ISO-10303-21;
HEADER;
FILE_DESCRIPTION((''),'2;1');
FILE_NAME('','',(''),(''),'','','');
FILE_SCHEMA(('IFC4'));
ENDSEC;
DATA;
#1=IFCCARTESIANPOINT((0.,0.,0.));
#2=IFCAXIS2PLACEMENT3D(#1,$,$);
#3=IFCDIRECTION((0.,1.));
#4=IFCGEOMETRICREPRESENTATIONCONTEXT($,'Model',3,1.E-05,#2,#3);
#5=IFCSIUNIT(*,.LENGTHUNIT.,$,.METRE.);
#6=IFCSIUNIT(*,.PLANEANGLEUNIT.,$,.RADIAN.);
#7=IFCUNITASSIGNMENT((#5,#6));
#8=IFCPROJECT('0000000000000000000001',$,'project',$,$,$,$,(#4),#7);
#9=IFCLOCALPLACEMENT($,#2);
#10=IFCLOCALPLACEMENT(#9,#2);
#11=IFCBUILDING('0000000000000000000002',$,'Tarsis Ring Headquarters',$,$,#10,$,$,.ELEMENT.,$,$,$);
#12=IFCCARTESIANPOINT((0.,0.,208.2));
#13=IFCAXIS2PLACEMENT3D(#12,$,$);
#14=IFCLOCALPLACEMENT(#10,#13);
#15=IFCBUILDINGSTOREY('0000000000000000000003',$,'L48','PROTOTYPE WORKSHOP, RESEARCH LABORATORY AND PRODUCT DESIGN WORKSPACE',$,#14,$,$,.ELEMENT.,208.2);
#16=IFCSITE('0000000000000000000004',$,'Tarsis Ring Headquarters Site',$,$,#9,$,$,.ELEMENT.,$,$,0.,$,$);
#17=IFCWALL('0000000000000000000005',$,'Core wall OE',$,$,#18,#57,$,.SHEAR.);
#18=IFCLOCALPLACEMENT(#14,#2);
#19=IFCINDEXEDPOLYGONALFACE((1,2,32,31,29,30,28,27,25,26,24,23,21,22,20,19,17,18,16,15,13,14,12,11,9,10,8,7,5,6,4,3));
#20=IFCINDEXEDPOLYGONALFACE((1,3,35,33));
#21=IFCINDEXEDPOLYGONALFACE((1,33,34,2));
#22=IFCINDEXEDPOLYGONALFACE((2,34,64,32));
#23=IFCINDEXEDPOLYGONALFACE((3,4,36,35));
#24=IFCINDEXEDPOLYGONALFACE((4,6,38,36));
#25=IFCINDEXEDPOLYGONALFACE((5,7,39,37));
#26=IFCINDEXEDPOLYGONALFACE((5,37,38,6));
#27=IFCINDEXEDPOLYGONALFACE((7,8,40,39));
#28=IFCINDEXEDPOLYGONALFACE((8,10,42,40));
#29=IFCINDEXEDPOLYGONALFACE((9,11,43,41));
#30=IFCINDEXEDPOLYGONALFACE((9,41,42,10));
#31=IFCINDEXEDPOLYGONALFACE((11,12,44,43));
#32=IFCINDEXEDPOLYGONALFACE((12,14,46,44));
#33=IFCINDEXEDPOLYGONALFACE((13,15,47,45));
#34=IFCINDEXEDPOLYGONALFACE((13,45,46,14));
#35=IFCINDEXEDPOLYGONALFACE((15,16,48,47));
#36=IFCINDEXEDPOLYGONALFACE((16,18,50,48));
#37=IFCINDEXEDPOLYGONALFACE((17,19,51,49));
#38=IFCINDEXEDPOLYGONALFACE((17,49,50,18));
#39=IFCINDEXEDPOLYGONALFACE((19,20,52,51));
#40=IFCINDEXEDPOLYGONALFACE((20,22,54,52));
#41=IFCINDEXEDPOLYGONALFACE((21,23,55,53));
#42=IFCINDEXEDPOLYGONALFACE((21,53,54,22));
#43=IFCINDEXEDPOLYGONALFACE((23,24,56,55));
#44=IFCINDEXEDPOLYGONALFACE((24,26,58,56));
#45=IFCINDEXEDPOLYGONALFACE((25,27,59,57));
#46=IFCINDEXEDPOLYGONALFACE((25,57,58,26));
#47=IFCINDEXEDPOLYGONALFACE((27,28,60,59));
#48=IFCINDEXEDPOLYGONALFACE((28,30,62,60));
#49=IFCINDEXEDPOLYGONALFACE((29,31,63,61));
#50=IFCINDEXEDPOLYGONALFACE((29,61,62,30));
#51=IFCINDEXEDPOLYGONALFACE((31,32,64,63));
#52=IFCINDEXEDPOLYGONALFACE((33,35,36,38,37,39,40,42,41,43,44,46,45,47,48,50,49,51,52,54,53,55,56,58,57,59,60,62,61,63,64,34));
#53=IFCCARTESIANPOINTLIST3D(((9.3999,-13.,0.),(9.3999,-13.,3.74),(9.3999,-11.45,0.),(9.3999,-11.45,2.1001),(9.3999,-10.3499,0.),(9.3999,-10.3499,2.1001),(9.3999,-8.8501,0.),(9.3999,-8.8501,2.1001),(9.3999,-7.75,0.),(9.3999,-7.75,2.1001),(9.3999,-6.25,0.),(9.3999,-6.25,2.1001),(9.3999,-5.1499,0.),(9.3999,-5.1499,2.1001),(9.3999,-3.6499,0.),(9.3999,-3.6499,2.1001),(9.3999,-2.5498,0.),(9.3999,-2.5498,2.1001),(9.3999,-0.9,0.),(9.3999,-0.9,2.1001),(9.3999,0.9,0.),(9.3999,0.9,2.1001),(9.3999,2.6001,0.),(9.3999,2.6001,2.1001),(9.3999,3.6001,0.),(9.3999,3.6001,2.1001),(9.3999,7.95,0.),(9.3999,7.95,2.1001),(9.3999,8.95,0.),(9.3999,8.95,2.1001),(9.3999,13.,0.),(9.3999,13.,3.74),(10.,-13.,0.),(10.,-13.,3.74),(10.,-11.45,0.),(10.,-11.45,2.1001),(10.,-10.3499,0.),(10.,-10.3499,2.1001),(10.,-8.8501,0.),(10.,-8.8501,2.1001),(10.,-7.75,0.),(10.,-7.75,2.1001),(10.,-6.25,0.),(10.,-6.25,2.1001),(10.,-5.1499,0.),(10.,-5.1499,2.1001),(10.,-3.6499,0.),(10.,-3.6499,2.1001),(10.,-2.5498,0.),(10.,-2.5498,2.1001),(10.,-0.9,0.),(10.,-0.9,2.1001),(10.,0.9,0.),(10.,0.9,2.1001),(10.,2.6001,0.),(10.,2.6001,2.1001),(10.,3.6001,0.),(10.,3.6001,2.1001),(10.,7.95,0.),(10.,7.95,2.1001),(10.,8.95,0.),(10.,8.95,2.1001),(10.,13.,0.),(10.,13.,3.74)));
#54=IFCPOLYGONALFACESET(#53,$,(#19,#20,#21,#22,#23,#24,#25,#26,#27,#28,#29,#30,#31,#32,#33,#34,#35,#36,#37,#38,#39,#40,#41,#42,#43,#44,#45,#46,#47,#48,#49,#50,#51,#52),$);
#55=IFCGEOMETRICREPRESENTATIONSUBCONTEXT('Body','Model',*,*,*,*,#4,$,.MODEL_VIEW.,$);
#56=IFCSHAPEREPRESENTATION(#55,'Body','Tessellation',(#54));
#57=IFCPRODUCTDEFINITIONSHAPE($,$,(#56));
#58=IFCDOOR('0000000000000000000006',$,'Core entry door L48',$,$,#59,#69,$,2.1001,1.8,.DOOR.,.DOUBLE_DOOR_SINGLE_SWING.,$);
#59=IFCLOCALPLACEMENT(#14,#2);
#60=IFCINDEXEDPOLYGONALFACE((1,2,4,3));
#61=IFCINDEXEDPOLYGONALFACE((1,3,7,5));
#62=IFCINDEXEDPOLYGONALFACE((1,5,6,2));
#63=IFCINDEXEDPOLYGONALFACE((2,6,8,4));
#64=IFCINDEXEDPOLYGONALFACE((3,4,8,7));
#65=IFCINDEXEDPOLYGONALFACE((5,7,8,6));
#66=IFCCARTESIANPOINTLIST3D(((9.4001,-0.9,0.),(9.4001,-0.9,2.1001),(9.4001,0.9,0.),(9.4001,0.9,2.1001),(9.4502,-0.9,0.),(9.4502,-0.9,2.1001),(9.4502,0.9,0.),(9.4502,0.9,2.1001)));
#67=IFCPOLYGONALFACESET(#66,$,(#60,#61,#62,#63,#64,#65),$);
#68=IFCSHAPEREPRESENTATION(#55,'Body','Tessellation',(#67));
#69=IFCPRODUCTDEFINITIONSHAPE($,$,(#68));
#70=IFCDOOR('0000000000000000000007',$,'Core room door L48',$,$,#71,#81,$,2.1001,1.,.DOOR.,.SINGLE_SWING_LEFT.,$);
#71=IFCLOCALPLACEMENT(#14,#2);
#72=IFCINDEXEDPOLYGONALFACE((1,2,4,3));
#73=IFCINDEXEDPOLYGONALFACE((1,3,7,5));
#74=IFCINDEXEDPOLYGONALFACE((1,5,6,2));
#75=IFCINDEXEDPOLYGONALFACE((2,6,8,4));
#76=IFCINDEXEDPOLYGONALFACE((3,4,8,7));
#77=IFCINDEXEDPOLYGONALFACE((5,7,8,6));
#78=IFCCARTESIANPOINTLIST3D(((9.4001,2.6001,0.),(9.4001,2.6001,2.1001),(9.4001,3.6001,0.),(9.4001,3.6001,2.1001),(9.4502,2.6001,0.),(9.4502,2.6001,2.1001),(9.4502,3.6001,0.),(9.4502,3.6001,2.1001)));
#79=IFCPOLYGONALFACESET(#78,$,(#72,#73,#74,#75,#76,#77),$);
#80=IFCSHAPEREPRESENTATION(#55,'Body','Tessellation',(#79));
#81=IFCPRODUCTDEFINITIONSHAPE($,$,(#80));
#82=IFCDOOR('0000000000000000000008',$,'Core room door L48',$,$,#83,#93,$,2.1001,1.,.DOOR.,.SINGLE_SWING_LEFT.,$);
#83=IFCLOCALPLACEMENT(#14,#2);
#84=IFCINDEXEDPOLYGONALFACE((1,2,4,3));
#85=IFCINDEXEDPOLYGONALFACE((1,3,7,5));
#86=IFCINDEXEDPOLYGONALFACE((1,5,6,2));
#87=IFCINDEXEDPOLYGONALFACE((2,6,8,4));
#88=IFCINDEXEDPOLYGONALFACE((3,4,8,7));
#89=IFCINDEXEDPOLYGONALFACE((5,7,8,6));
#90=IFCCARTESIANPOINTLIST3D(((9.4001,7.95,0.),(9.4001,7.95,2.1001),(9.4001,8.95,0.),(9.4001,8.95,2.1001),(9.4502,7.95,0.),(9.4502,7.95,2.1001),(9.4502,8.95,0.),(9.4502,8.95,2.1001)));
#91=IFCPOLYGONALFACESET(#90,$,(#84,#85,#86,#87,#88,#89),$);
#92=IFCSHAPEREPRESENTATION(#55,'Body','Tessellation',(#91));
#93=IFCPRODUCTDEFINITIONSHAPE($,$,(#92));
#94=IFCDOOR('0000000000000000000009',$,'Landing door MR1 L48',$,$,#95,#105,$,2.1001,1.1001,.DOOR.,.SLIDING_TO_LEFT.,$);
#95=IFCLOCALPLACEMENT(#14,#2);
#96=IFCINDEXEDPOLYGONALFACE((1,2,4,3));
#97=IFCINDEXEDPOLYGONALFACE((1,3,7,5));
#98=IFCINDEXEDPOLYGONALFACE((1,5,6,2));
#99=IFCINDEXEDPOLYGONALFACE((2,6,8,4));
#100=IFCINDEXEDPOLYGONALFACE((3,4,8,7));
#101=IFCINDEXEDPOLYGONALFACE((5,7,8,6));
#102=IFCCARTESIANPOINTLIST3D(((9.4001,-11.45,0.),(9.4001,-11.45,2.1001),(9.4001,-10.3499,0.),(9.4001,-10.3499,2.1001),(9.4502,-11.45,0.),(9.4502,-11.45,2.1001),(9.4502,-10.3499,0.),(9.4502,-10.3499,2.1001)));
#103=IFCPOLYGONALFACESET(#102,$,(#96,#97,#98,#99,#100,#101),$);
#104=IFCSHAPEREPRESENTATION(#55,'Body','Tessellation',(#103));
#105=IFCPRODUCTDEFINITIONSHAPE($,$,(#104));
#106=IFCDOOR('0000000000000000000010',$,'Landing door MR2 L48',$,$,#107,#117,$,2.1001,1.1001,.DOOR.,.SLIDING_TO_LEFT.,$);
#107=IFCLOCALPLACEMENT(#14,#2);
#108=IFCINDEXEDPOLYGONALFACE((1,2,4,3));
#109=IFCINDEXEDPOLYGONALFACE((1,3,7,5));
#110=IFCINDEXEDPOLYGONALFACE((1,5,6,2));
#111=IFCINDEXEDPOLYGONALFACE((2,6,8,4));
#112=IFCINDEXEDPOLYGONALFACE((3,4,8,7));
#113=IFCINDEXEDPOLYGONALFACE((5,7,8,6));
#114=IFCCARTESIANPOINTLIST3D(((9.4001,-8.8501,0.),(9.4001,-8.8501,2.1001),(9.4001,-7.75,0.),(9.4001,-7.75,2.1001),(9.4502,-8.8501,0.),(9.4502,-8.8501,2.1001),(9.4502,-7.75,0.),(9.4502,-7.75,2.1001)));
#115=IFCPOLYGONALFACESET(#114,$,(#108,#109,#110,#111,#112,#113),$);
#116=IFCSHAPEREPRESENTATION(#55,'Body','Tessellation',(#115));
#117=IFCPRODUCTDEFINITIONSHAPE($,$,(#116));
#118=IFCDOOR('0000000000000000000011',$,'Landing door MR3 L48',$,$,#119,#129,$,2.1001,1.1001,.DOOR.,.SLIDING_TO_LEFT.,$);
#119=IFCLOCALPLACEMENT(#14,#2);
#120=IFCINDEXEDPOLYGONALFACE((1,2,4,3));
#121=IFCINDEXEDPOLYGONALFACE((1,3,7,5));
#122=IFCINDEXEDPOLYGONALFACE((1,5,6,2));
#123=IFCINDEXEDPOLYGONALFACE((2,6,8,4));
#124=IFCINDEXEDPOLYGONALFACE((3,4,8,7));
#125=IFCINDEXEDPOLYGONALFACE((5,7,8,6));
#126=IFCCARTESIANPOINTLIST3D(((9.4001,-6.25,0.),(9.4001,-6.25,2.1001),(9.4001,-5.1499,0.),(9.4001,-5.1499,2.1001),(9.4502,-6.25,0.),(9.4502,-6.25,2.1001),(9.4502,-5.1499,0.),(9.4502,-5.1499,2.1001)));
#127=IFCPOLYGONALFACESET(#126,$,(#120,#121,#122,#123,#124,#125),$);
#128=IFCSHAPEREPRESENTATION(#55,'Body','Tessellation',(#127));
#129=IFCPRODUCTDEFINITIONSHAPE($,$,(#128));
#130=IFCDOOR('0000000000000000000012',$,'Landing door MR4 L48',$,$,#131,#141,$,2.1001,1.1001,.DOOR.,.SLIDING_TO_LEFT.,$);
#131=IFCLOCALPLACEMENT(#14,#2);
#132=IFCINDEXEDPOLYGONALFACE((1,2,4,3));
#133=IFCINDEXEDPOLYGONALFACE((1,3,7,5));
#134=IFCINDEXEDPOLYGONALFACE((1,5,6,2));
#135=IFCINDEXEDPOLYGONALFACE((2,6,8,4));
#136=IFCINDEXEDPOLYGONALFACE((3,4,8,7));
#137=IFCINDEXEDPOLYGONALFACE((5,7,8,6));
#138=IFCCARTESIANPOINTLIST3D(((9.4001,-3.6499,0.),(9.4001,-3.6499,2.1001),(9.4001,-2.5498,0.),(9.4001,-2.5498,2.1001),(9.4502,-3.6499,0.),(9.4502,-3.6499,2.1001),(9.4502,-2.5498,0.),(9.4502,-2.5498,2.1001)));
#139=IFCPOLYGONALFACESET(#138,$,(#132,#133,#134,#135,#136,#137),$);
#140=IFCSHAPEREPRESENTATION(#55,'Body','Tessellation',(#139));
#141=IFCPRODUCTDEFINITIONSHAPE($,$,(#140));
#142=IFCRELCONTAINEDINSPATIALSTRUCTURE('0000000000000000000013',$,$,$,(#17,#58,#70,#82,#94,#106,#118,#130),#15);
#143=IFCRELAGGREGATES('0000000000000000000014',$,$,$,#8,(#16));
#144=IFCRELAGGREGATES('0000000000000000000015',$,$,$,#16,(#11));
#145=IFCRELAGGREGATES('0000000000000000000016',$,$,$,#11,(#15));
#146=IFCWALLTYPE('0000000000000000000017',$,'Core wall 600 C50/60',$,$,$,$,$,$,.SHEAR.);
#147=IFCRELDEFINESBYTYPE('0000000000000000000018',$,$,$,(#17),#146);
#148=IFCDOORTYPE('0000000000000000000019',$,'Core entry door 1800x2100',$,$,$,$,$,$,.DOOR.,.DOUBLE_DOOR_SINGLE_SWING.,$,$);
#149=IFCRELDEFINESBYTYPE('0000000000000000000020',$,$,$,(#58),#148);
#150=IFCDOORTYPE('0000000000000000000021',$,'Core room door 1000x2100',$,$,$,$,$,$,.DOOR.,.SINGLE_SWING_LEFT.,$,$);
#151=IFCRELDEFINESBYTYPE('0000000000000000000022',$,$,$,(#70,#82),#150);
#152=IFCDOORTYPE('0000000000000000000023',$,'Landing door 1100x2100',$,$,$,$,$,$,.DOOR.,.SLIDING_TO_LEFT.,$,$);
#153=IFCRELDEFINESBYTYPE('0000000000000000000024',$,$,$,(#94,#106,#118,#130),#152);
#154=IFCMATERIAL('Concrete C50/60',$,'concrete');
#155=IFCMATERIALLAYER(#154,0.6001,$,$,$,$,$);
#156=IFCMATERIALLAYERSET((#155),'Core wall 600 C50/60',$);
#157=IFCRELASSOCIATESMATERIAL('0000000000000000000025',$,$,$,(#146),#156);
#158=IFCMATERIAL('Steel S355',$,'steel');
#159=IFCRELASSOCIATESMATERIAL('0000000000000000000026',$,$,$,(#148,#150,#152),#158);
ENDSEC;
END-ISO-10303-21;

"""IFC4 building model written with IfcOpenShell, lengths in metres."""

from ifc_helpers import new_model, si_unit, direction, frame, frame_2d, origin, place, context, subcontext, project, spatial, rectangle, extrude, material, layer, layer_set, type_object, element, fill, save


model = new_model("IFC4")

# Units and contexts
model_context = context("Model", 3, precision=1e-05, world=origin(), true_north=direction((0.0, 1.0)))
body_context = subcontext(model_context, "Body", "Model", "MODEL_VIEW")
ifc_project = project(units=[si_unit("LENGTHUNIT", "METRE"), si_unit("PLANEANGLEUNIT", "RADIAN")], contexts=[model_context])

# Site, building, storey
site_placement = place(None, origin())
site = spatial("IfcSite", under=ifc_project, at=site_placement, Name="Tarsis Ring Headquarters Site", CompositionType="ELEMENT", RefElevation=0.0)
building_placement = place(site_placement, origin())
building = spatial("IfcBuilding", under=site, at=building_placement, Name="Tarsis Ring Headquarters", CompositionType="ELEMENT")
storey_placement = place(building_placement, frame((0.0, 0.0, 208.2)))
storey = spatial("IfcBuildingStorey", under=building, at=storey_placement, Name="L48", Description="PROTOTYPE WORKSHOP, RESEARCH LABORATORY AND PRODUCT DESIGN WORKSPACE", CompositionType="ELEMENT", Elevation=208.2)

# Wall, openings, doors
ifc_material_1 = material(Name="Concrete C50/60", Category="concrete")
ifc_layer_1 = layer(ifc_material_1, 0.6001)
ifc_layer_set_1 = layer_set([ifc_layer_1], Name="Core wall 600 C50/60")
wall_type_1 = type_object("IfcWallType", Name="Core wall 600 C50/60", PredefinedType="SHEAR", material=ifc_layer_set_1)
wall_1_placement = place(storey_placement, frame((9.7, -13.0, 0.0), z_axis=(0.0, 0.0, 1.0), x_axis=(0.0, 1.0, 0.0)))
wall_1 = element("IfcWall", 1, at=wall_1_placement, inside=storey, type_object=wall_type_1, Name="Core wall OE", PredefinedType="SHEAR", context=body_context, shape_type="SweptSolid", body=[
    extrude(rectangle(XDim=26.0, YDim=0.6001, at=frame_2d((13.0, 0.0))), origin(), (0.0, 0.0, 1.0), 3.74),
])
opening_1_placement = place(wall_1_placement, frame((1.55, 0.0, 0.0)))
opening_1 = element("IfcOpeningElement", 2, at=opening_1_placement, cuts=wall_1, PredefinedType="OPENING", context=body_context, shape_type="SweptSolid", body=[
    extrude(rectangle(XDim=1.1001, YDim=2.1001, at=frame_2d((0.55, 1.05))), frame((0.0, 0.3101, 0.0), z_axis=(0.0, -1.0, 0.0), x_axis=(1.0, 0.0, 0.0)), (0.0, 0.0, 1.0), 0.6201),
])
opening_2_placement = place(wall_1_placement, frame((4.1499, 0.0, 0.0)))
opening_2 = element("IfcOpeningElement", 3, at=opening_2_placement, cuts=wall_1, PredefinedType="OPENING", context=body_context, shape_type="SweptSolid", body=[
    extrude(rectangle(XDim=1.1001, YDim=2.1001, at=frame_2d((0.55, 1.05))), frame((0.0, 0.3101, 0.0), z_axis=(0.0, -1.0, 0.0), x_axis=(1.0, 0.0, 0.0)), (0.0, 0.0, 1.0), 0.6201),
])
opening_3_placement = place(wall_1_placement, frame((6.75, 0.0, 0.0)))
opening_3 = element("IfcOpeningElement", 4, at=opening_3_placement, cuts=wall_1, PredefinedType="OPENING", context=body_context, shape_type="SweptSolid", body=[
    extrude(rectangle(XDim=1.1001, YDim=2.1001, at=frame_2d((0.55, 1.05))), frame((0.0, 0.3101, 0.0), z_axis=(0.0, -1.0, 0.0), x_axis=(1.0, 0.0, 0.0)), (0.0, 0.0, 1.0), 0.6201),
])
opening_4_placement = place(wall_1_placement, frame((9.3501, 0.0, 0.0)))
opening_4 = element("IfcOpeningElement", 5, at=opening_4_placement, cuts=wall_1, PredefinedType="OPENING", context=body_context, shape_type="SweptSolid", body=[
    extrude(rectangle(XDim=1.1001, YDim=2.1001, at=frame_2d((0.55, 1.05))), frame((0.0, 0.3101, 0.0), z_axis=(0.0, -1.0, 0.0), x_axis=(1.0, 0.0, 0.0)), (0.0, 0.0, 1.0), 0.6201),
])
opening_5_placement = place(wall_1_placement, frame((12.1001, 0.0, 0.0)))
opening_5 = element("IfcOpeningElement", 6, at=opening_5_placement, cuts=wall_1, PredefinedType="OPENING", context=body_context, shape_type="SweptSolid", body=[
    extrude(rectangle(XDim=1.8, YDim=2.1001, at=frame_2d((0.8999, 1.05))), frame((0.0, 0.3101, 0.0), z_axis=(0.0, -1.0, 0.0), x_axis=(1.0, 0.0, 0.0)), (0.0, 0.0, 1.0), 0.6201),
])
opening_6_placement = place(wall_1_placement, frame((15.6001, 0.0, 0.0)))
opening_6 = element("IfcOpeningElement", 7, at=opening_6_placement, cuts=wall_1, PredefinedType="OPENING", context=body_context, shape_type="SweptSolid", body=[
    extrude(rectangle(XDim=1.0, YDim=2.1001, at=frame_2d((0.5, 1.05))), frame((0.0, 0.3101, 0.0), z_axis=(0.0, -1.0, 0.0), x_axis=(1.0, 0.0, 0.0)), (0.0, 0.0, 1.0), 0.6201),
])
opening_7_placement = place(wall_1_placement, frame((20.95, 0.0, 0.0)))
opening_7 = element("IfcOpeningElement", 8, at=opening_7_placement, cuts=wall_1, PredefinedType="OPENING", context=body_context, shape_type="SweptSolid", body=[
    extrude(rectangle(XDim=1.0, YDim=2.1001, at=frame_2d((0.5, 1.05))), frame((0.0, 0.3101, 0.0), z_axis=(0.0, -1.0, 0.0), x_axis=(1.0, 0.0, 0.0)), (0.0, 0.0, 1.0), 0.6201),
])
ifc_material_2 = material(Name="Steel S355", Category="steel")
door_type_1 = type_object("IfcDoorType", Name="Core entry door 1800x2100", OperationType="DOUBLE_DOOR_SINGLE_SWING", PredefinedType="DOOR", material=ifc_material_2)
door_1_placement = place(opening_5_placement, origin())
door_1 = element("IfcDoor", 9, at=door_1_placement, inside=storey, type_object=door_type_1, Name="Core entry door L48", OperationType="DOUBLE_DOOR_SINGLE_SWING", OverallHeight=2.1001, OverallWidth=1.8, PredefinedType="DOOR", context=body_context, shape_type="SweptSolid", body=[
    extrude(rectangle(XDim=1.8, YDim=2.1001, at=frame_2d((0.8999, 1.05))), frame((0.0, 0.2998, 0.0), z_axis=(0.0, -1.0, 0.0), x_axis=(1.0, 0.0, 0.0)), (0.0, 0.0, 1.0), 0.05),
])
fill(opening_5, door_1)
door_type_2 = type_object("IfcDoorType", Name="Core room door 1000x2100", OperationType="SINGLE_SWING_LEFT", PredefinedType="DOOR", material=ifc_material_2)
door_2_placement = place(opening_6_placement, origin())
door_2 = element("IfcDoor", 10, at=door_2_placement, inside=storey, type_object=door_type_2, Name="Core room door L48", OperationType="SINGLE_SWING_LEFT", OverallHeight=2.1001, OverallWidth=1.0, PredefinedType="DOOR", context=body_context, shape_type="SweptSolid", body=[
    extrude(rectangle(XDim=1.0, YDim=2.1001, at=frame_2d((0.5, 1.05))), frame((0.0, 0.2998, 0.0), z_axis=(0.0, -1.0, 0.0), x_axis=(1.0, 0.0, 0.0)), (0.0, 0.0, 1.0), 0.05),
])
fill(opening_6, door_2)
door_3_placement = place(opening_7_placement, origin())
door_3 = element("IfcDoor", 11, at=door_3_placement, inside=storey, type_object=door_type_2, Name="Core room door L48", OperationType="SINGLE_SWING_LEFT", OverallHeight=2.1001, OverallWidth=1.0, PredefinedType="DOOR", context=body_context, shape_type="SweptSolid", body=[
    extrude(rectangle(XDim=1.0, YDim=2.1001, at=frame_2d((0.5, 1.05))), frame((0.0, 0.2998, 0.0), z_axis=(0.0, -1.0, 0.0), x_axis=(1.0, 0.0, 0.0)), (0.0, 0.0, 1.0), 0.05),
])
fill(opening_7, door_3)
door_type_3 = type_object("IfcDoorType", Name="Landing door 1100x2100", OperationType="SLIDING_TO_LEFT", PredefinedType="DOOR", material=ifc_material_2)
door_4_placement = place(opening_1_placement, origin())
door_4 = element("IfcDoor", 12, at=door_4_placement, inside=storey, type_object=door_type_3, Name="Landing door MR1 L48", OperationType="SLIDING_TO_LEFT", OverallHeight=2.1001, OverallWidth=1.1001, PredefinedType="DOOR", context=body_context, shape_type="SweptSolid", body=[
    extrude(rectangle(XDim=1.1001, YDim=2.1001, at=frame_2d((0.55, 1.05))), frame((0.0, 0.2998, 0.0), z_axis=(0.0, -1.0, 0.0), x_axis=(1.0, 0.0, 0.0)), (0.0, 0.0, 1.0), 0.05),
])
fill(opening_1, door_4)
door_5_placement = place(opening_2_placement, origin())
door_5 = element("IfcDoor", 13, at=door_5_placement, inside=storey, type_object=door_type_3, Name="Landing door MR2 L48", OperationType="SLIDING_TO_LEFT", OverallHeight=2.1001, OverallWidth=1.1001, PredefinedType="DOOR", context=body_context, shape_type="SweptSolid", body=[
    extrude(rectangle(XDim=1.1001, YDim=2.1001, at=frame_2d((0.55, 1.05))), frame((0.0, 0.2998, 0.0), z_axis=(0.0, -1.0, 0.0), x_axis=(1.0, 0.0, 0.0)), (0.0, 0.0, 1.0), 0.05),
])
fill(opening_2, door_5)
door_6_placement = place(opening_3_placement, origin())
door_6 = element("IfcDoor", 14, at=door_6_placement, inside=storey, type_object=door_type_3, Name="Landing door MR3 L48", OperationType="SLIDING_TO_LEFT", OverallHeight=2.1001, OverallWidth=1.1001, PredefinedType="DOOR", context=body_context, shape_type="SweptSolid", body=[
    extrude(rectangle(XDim=1.1001, YDim=2.1001, at=frame_2d((0.55, 1.05))), frame((0.0, 0.2998, 0.0), z_axis=(0.0, -1.0, 0.0), x_axis=(1.0, 0.0, 0.0)), (0.0, 0.0, 1.0), 0.05),
])
fill(opening_3, door_6)
door_7_placement = place(opening_4_placement, origin())
door_7 = element("IfcDoor", 15, at=door_7_placement, inside=storey, type_object=door_type_3, Name="Landing door MR4 L48", OperationType="SLIDING_TO_LEFT", OverallHeight=2.1001, OverallWidth=1.1001, PredefinedType="DOOR", context=body_context, shape_type="SweptSolid", body=[
    extrude(rectangle(XDim=1.1001, YDim=2.1001, at=frame_2d((0.55, 1.05))), frame((0.0, 0.2998, 0.0), z_axis=(0.0, -1.0, 0.0), x_axis=(1.0, 0.0, 0.0)), (0.0, 0.0, 1.0), 0.05),
])
fill(opening_4, door_7)

save(model, "model.ifc")
